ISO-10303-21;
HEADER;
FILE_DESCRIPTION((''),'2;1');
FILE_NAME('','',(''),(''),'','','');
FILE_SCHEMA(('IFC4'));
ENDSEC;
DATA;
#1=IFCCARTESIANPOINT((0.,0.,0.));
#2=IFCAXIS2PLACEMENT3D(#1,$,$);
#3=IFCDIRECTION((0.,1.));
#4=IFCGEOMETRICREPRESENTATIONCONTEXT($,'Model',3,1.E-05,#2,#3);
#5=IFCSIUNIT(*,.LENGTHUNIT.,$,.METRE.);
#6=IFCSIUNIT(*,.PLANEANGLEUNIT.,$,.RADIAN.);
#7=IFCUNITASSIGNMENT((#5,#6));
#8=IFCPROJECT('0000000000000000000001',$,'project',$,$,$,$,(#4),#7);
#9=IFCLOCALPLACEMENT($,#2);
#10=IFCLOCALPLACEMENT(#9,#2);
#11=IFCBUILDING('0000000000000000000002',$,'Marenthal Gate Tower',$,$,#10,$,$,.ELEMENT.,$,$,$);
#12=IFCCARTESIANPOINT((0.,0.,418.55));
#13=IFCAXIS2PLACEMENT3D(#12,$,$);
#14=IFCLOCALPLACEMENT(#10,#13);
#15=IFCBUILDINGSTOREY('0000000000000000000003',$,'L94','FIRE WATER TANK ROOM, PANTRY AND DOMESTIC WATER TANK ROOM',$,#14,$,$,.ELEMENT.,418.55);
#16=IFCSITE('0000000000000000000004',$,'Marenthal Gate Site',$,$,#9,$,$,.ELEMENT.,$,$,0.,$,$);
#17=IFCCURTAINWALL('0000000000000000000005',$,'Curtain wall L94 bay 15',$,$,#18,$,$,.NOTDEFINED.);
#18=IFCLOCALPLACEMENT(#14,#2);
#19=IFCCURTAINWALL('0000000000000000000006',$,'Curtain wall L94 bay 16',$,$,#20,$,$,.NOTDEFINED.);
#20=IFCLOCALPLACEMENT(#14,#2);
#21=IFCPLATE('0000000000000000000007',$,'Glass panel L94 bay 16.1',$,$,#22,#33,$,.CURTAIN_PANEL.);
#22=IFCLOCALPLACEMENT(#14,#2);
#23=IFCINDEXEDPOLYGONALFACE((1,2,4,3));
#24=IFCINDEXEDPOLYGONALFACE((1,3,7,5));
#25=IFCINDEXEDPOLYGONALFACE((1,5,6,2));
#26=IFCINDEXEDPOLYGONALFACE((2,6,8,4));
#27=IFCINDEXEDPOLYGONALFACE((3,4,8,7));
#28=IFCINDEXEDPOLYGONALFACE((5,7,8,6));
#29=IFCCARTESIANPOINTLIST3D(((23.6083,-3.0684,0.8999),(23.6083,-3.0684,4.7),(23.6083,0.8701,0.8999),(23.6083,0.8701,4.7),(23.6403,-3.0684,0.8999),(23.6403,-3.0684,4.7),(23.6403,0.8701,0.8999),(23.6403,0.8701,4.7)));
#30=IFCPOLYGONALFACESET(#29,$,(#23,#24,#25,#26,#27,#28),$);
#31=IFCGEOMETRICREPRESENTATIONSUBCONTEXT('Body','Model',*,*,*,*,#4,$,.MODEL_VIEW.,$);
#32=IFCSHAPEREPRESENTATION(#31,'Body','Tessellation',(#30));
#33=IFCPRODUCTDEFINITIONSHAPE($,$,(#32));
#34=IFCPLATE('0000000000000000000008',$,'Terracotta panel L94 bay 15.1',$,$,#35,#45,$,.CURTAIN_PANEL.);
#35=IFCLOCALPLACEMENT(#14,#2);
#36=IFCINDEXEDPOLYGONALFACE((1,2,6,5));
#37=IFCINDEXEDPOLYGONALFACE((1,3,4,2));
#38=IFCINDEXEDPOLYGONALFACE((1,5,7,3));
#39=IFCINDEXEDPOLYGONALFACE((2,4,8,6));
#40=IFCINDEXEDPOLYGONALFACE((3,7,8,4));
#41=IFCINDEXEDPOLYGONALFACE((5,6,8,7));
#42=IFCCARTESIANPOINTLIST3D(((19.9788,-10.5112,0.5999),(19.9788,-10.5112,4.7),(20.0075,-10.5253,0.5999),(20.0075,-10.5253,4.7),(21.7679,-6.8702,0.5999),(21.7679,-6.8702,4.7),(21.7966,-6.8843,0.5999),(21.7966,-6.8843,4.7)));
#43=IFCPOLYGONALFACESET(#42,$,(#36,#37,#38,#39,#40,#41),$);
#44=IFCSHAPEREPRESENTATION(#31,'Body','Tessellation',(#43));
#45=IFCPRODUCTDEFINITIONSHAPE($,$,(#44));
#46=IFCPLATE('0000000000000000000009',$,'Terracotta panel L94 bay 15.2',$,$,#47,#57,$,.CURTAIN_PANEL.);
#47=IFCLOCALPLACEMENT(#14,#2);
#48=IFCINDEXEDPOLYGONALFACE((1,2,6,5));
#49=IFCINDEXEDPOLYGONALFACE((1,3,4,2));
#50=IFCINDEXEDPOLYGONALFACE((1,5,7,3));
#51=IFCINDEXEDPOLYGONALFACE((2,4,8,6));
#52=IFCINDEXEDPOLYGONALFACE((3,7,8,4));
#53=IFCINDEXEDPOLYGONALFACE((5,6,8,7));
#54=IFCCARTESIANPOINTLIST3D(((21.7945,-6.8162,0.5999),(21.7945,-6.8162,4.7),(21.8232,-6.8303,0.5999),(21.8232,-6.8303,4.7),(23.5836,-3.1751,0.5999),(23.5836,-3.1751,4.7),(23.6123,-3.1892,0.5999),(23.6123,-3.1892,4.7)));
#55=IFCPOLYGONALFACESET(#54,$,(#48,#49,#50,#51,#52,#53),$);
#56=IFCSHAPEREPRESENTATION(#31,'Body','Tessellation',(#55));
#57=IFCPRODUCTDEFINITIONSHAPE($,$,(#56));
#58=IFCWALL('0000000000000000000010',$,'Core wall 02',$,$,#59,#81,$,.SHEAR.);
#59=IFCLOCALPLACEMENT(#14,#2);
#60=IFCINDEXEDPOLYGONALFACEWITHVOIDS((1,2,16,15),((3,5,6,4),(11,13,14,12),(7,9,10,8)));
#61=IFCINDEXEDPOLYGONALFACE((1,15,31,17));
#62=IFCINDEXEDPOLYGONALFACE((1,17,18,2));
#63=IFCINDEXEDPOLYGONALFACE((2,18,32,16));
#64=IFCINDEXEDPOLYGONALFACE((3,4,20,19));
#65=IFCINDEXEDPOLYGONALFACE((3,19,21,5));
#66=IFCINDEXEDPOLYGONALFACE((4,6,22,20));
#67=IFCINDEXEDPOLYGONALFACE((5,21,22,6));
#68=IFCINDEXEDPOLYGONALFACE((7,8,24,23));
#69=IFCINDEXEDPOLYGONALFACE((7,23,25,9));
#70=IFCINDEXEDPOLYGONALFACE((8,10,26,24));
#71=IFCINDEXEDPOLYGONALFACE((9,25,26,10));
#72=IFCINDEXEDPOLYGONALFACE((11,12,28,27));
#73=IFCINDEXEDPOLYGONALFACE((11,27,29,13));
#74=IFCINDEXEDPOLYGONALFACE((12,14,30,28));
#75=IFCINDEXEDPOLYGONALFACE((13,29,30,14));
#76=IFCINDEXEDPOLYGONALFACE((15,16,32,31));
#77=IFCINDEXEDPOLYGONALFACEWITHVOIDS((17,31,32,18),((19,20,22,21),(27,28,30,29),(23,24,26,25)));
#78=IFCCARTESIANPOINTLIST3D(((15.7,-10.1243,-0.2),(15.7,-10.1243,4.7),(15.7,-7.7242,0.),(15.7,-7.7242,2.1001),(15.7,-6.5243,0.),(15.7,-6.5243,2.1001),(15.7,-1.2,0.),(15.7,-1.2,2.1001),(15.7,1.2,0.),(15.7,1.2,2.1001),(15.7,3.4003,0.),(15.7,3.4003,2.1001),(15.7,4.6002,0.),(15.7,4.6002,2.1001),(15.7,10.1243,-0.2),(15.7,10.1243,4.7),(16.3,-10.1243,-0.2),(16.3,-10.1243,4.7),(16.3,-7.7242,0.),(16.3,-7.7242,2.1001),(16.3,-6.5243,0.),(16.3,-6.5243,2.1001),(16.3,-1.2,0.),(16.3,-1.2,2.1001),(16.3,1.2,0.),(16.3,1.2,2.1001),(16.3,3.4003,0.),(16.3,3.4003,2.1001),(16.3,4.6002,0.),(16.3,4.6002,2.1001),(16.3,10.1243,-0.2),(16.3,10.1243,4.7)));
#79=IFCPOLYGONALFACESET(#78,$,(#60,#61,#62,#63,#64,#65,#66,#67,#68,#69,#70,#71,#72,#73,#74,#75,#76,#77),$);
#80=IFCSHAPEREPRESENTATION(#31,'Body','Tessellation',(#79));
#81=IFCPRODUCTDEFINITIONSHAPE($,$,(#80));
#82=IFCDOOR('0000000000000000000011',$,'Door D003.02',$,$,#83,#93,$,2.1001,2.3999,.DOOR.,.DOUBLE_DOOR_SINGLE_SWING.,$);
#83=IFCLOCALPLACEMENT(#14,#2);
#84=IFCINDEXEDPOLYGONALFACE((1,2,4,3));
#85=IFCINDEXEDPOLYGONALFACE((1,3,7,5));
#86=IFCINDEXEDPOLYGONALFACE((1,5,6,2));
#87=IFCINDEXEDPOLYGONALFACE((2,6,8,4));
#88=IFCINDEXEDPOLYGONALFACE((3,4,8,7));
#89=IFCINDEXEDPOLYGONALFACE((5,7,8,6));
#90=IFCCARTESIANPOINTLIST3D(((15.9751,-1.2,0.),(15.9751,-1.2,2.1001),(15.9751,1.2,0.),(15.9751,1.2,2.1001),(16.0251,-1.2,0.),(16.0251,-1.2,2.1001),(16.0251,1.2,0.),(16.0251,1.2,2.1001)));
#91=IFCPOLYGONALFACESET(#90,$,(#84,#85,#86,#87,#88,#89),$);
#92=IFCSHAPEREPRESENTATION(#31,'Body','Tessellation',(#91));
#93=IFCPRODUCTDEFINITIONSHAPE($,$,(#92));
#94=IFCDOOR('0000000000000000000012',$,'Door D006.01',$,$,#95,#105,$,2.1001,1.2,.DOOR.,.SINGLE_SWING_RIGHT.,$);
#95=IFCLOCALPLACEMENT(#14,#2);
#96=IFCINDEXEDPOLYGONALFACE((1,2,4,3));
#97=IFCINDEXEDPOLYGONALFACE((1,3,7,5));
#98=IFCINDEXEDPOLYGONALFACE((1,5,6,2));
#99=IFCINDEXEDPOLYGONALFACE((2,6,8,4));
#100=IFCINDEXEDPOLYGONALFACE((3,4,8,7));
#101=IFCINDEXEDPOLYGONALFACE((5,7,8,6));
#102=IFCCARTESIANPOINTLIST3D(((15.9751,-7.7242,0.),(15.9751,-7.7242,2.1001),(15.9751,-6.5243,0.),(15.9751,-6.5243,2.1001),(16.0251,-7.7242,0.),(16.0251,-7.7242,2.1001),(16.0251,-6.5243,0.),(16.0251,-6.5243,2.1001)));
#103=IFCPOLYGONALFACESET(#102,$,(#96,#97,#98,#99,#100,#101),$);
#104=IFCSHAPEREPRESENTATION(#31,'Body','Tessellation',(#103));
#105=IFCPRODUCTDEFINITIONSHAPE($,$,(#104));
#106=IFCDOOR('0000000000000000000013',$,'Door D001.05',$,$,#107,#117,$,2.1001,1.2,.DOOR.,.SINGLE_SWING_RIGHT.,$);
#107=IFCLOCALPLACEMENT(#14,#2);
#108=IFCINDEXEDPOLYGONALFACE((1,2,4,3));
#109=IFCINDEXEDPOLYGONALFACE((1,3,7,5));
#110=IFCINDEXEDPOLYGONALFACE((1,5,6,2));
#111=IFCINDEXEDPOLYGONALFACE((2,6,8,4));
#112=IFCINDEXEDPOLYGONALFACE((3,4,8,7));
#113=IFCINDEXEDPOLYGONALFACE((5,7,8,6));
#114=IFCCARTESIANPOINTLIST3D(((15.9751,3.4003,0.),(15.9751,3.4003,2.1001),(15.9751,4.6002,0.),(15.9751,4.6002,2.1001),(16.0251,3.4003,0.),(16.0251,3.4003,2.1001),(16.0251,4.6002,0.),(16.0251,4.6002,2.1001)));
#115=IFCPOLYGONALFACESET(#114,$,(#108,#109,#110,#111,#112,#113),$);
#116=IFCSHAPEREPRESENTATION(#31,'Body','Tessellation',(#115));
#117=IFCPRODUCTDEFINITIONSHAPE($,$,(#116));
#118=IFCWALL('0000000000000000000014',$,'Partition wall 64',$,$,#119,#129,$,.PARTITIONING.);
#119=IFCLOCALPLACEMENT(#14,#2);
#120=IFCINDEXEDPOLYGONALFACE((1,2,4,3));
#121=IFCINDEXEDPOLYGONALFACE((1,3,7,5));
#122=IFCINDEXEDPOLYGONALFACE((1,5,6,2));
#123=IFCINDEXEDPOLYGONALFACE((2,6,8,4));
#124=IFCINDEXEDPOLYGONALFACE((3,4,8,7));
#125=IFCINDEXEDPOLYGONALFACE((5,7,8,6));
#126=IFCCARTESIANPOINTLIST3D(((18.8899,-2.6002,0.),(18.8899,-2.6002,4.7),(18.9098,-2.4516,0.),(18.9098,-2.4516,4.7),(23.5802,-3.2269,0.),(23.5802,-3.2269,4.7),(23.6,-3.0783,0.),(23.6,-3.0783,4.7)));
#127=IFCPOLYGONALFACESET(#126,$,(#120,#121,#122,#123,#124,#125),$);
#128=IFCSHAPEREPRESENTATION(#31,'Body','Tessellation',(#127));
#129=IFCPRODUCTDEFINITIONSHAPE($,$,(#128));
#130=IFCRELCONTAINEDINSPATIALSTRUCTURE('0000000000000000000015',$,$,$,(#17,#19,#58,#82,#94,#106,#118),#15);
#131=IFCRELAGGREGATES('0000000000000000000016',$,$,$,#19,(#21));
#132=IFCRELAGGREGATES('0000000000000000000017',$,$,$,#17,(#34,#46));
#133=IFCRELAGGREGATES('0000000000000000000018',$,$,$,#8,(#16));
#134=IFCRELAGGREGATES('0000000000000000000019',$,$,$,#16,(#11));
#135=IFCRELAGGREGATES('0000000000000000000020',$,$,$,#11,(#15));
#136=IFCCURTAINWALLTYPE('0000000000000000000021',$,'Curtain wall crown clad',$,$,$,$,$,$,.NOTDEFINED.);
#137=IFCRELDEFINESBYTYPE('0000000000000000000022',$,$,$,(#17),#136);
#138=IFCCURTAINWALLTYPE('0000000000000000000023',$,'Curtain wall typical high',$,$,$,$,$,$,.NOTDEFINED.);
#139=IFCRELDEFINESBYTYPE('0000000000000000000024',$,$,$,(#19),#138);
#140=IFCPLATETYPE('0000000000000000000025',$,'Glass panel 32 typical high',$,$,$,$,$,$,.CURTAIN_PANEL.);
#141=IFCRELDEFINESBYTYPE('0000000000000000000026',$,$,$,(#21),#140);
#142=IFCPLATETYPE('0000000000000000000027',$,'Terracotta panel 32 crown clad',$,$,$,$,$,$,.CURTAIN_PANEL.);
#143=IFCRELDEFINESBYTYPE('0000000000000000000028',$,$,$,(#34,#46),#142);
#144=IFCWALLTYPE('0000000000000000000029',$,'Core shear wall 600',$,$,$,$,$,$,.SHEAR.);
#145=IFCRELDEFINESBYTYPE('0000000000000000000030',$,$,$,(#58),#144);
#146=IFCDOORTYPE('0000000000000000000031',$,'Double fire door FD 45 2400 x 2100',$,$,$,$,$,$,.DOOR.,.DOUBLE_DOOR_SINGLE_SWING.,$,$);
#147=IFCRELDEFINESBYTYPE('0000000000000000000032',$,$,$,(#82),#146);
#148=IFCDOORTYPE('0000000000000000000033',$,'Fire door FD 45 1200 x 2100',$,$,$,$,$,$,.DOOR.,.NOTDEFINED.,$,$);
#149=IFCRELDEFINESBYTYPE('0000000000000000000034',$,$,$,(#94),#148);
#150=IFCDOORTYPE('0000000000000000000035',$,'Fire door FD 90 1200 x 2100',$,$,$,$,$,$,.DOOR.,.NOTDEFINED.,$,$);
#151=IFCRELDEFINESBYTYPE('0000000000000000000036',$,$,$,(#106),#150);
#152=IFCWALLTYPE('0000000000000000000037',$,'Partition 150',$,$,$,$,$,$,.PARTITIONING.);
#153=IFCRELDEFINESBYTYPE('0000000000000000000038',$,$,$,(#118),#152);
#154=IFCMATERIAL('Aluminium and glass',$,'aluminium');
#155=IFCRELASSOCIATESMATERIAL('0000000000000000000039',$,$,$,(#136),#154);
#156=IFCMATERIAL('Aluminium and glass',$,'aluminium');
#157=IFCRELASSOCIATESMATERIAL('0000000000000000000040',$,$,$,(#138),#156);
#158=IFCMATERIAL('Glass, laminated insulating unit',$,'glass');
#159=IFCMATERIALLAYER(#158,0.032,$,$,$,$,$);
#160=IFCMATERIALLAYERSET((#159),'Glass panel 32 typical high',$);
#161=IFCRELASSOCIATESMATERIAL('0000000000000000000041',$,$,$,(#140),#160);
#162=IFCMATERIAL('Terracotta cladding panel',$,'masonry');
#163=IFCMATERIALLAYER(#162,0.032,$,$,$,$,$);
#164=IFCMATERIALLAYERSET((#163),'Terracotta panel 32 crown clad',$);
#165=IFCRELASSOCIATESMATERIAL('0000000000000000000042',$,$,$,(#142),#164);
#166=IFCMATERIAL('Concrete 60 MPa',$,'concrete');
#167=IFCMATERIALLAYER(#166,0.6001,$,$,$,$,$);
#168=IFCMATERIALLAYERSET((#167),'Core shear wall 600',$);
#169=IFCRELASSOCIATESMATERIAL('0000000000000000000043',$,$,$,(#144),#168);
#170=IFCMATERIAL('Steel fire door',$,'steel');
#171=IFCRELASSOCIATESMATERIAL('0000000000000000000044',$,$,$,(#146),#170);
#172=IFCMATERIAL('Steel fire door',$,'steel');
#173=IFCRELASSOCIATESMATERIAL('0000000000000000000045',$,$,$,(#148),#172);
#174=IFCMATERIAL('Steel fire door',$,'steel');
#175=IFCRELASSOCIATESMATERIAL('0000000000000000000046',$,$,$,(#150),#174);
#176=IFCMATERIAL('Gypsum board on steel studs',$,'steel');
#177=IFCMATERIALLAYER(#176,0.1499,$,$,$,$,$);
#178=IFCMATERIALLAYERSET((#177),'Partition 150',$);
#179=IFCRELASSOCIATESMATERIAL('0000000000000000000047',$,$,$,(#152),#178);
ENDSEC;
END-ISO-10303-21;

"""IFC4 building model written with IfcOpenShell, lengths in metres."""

from ifc_helpers import new_model, si_unit, direction, frame, frame_2d, origin, origin_2d, place, context, subcontext, project, spatial, rectangle, extrude, material, layer, layer_set, type_object, element, fill, aggregate, save


model = new_model("IFC4")

# Units and contexts
model_context = context("Model", 3, precision=1e-05, world=origin(), true_north=direction((0.0, 1.0)))
body_context = subcontext(model_context, "Body", "Model", "MODEL_VIEW")
ifc_project = project(units=[si_unit("LENGTHUNIT", "METRE"), si_unit("PLANEANGLEUNIT", "RADIAN")], contexts=[model_context])

# Site, building, storey
site_placement = place(None, origin())
site = spatial("IfcSite", under=ifc_project, at=site_placement, Name="Marenthal Gate Site", CompositionType="ELEMENT", RefElevation=0.0)
building_placement = place(site_placement, origin())
building = spatial("IfcBuilding", under=site, at=building_placement, Name="Marenthal Gate Tower", CompositionType="ELEMENT")
storey_placement = place(building_placement, frame((0.0, 0.0, 418.55)))
storey = spatial("IfcBuildingStorey", under=building, at=storey_placement, Name="L94", Description="FIRE WATER TANK ROOM, PANTRY AND DOMESTIC WATER TANK ROOM", CompositionType="ELEMENT", Elevation=418.55)

# Curtain walls
ifc_material_1 = material(Name="Aluminium and glass", Category="aluminium")
curtain_wall_type_1 = type_object("IfcCurtainWallType", Name="Curtain wall crown clad", PredefinedType="NOTDEFINED", material=ifc_material_1)
curtain_wall_1_placement = place(storey_placement, origin())
curtain_wall_1 = element("IfcCurtainWall", 1, at=curtain_wall_1_placement, inside=storey, type_object=curtain_wall_type_1, Name="Curtain wall L94 bay 15", PredefinedType="NOTDEFINED")
ifc_material_2 = material(Name="Aluminium and glass", Category="aluminium")
curtain_wall_type_2 = type_object("IfcCurtainWallType", Name="Curtain wall typical high", PredefinedType="NOTDEFINED", material=ifc_material_2)
curtain_wall_2_placement = place(storey_placement, origin())
curtain_wall_2 = element("IfcCurtainWall", 2, at=curtain_wall_2_placement, inside=storey, type_object=curtain_wall_type_2, Name="Curtain wall L94 bay 16", PredefinedType="NOTDEFINED")

# Plates
ifc_material_3 = material(Name="Glass, laminated insulating unit", Category="glass")
ifc_layer_1 = layer(ifc_material_3, 0.032)
ifc_layer_set_1 = layer_set([ifc_layer_1], Name="Glass panel 32 typical high")
plate_type_1 = type_object("IfcPlateType", Name="Glass panel 32 typical high", PredefinedType="CURTAIN_PANEL", material=ifc_layer_set_1)
plate_1_placement = place(storey_placement, frame((23.6243, -1.0991, 0.8999), z_axis=(0.0, 0.0, 1.0), x_axis=(0.0, 1.0, 0.0)))
plate_1 = element("IfcPlate", 3, at=plate_1_placement, type_object=plate_type_1, Name="Glass panel L94 bay 16.1", PredefinedType="CURTAIN_PANEL", context=body_context, shape_type="SweptSolid", body=[
    extrude(rectangle(XDim=3.9385, YDim=0.032, at=origin_2d()), origin(), (0.0, 0.0, 1.0), 3.8),
])
aggregate(curtain_wall_2, [plate_1])
ifc_material_4 = material(Name="Terracotta cladding panel", Category="masonry")
ifc_layer_2 = layer(ifc_material_4, 0.032)
ifc_layer_set_2 = layer_set([ifc_layer_2], Name="Terracotta panel 32 crown clad")
plate_type_2 = type_object("IfcPlateType", Name="Terracotta panel 32 crown clad", PredefinedType="CURTAIN_PANEL", material=ifc_layer_set_2)
plate_2_placement = place(storey_placement, frame((20.8877, -8.6978, 0.5999), z_axis=(0.0, 0.0, 1.0), x_axis=(0.441001, 0.897507, 0.0)))
plate_2 = element("IfcPlate", 4, at=plate_2_placement, type_object=plate_type_2, Name="Terracotta panel L94 bay 15.1", PredefinedType="CURTAIN_PANEL", context=body_context, shape_type="SweptSolid", body=[
    extrude(rectangle(XDim=4.0569, YDim=0.032, at=origin_2d()), origin(), (0.0, 0.0, 1.0), 4.1001),
])
plate_3_placement = place(storey_placement, frame((22.7034, -5.0027, 0.5999), z_axis=(0.0, 0.0, 1.0), x_axis=(0.441001, 0.897507, 0.0)))
plate_3 = element("IfcPlate", 5, at=plate_3_placement, type_object=plate_type_2, Name="Terracotta panel L94 bay 15.2", PredefinedType="CURTAIN_PANEL", context=body_context, shape_type="SweptSolid", body=[
    extrude(rectangle(XDim=4.0569, YDim=0.032, at=origin_2d()), origin(), (0.0, 0.0, 1.0), 4.1001),
])
aggregate(curtain_wall_1, [plate_2, plate_3])

# Wall, openings, doors
ifc_material_5 = material(Name="Concrete 60 MPa", Category="concrete")
ifc_layer_3 = layer(ifc_material_5, 0.6001)
ifc_layer_set_3 = layer_set([ifc_layer_3], Name="Core shear wall 600")
wall_type_1 = type_object("IfcWallType", Name="Core shear wall 600", PredefinedType="SHEAR", material=ifc_layer_set_3)
wall_1_placement = place(storey_placement, frame((16.0, -10.1243, -0.2), z_axis=(0.0, 0.0, 1.0), x_axis=(0.0, 1.0, 0.0)))
wall_1 = element("IfcWall", 6, at=wall_1_placement, inside=storey, type_object=wall_type_1, Name="Core wall 02", PredefinedType="SHEAR", context=body_context, shape_type="SweptSolid", body=[
    extrude(rectangle(XDim=20.2485, YDim=0.6001, at=frame_2d((10.1243, 0.0))), origin(), (0.0, 0.0, 1.0), 4.8999),
])
opening_1_placement = place(wall_1_placement, frame((8.9243, 0.0, 0.2)))
opening_1 = element("IfcOpeningElement", 7, at=opening_1_placement, cuts=wall_1, PredefinedType="OPENING", context=body_context, shape_type="SweptSolid", body=[
    extrude(rectangle(XDim=2.3999, YDim=2.1001, at=frame_2d((1.2, 1.05))), frame((0.0, 0.3101, 0.0), z_axis=(0.0, -1.0, 0.0), x_axis=(1.0, 0.0, 0.0)), (0.0, 0.0, 1.0), 0.6201),
])
opening_2_placement = place(wall_1_placement, frame((13.5244, 0.0, 0.2)))
opening_2 = element("IfcOpeningElement", 8, at=opening_2_placement, cuts=wall_1, PredefinedType="OPENING", context=body_context, shape_type="SweptSolid", body=[
    extrude(rectangle(XDim=1.2, YDim=2.1001, at=frame_2d((0.6001, 1.05))), frame((0.0, 0.3101, 0.0), z_axis=(0.0, -1.0, 0.0), x_axis=(1.0, 0.0, 0.0)), (0.0, 0.0, 1.0), 0.6201),
])
opening_3_placement = place(wall_1_placement, frame((2.3999, 0.0, 0.2)))
opening_3 = element("IfcOpeningElement", 9, at=opening_3_placement, cuts=wall_1, PredefinedType="OPENING", context=body_context, shape_type="SweptSolid", body=[
    extrude(rectangle(XDim=1.2, YDim=2.1001, at=frame_2d((0.6001, 1.05))), frame((0.0, 0.3101, 0.0), z_axis=(0.0, -1.0, 0.0), x_axis=(1.0, 0.0, 0.0)), (0.0, 0.0, 1.0), 0.6201),
])
ifc_material_6 = material(Name="Steel fire door", Category="steel")
door_type_1 = type_object("IfcDoorType", Name="Double fire door FD 45 2400 x 2100", OperationType="DOUBLE_DOOR_SINGLE_SWING", PredefinedType="DOOR", material=ifc_material_6)
door_1_placement = place(opening_1_placement, origin())
door_1 = element("IfcDoor", 10, at=door_1_placement, inside=storey, type_object=door_type_1, Name="Door D003.02", OperationType="DOUBLE_DOOR_SINGLE_SWING", OverallHeight=2.1001, OverallWidth=2.3999, PredefinedType="DOOR", context=body_context, shape_type="SweptSolid", body=[
    extrude(rectangle(XDim=2.3999, YDim=2.1001, at=frame_2d((1.2, 1.05))), frame((0.0, 0.0249, 0.0), z_axis=(0.0, -1.0, 0.0), x_axis=(1.0, 0.0, 0.0)), (0.0, 0.0, 1.0), 0.05),
])
fill(opening_1, door_1)
ifc_material_7 = material(Name="Steel fire door", Category="steel")
door_type_2 = type_object("IfcDoorType", Name="Fire door FD 45 1200 x 2100", OperationType="NOTDEFINED", PredefinedType="DOOR", material=ifc_material_7)
door_2_placement = place(opening_3_placement, origin())
door_2 = element("IfcDoor", 11, at=door_2_placement, inside=storey, type_object=door_type_2, Name="Door D006.01", OperationType="SINGLE_SWING_RIGHT", OverallHeight=2.1001, OverallWidth=1.2, PredefinedType="DOOR", context=body_context, shape_type="SweptSolid", body=[
    extrude(rectangle(XDim=1.2, YDim=2.1001, at=frame_2d((0.6001, 1.05))), frame((0.0, 0.0249, 0.0), z_axis=(0.0, -1.0, 0.0), x_axis=(1.0, 0.0, 0.0)), (0.0, 0.0, 1.0), 0.05),
])
fill(opening_3, door_2)
ifc_material_8 = material(Name="Steel fire door", Category="steel")
door_type_3 = type_object("IfcDoorType", Name="Fire door FD 90 1200 x 2100", OperationType="NOTDEFINED", PredefinedType="DOOR", material=ifc_material_8)
door_3_placement = place(opening_2_placement, origin())
door_3 = element("IfcDoor", 12, at=door_3_placement, inside=storey, type_object=door_type_3, Name="Door D001.05", OperationType="SINGLE_SWING_RIGHT", OverallHeight=2.1001, OverallWidth=1.2, PredefinedType="DOOR", context=body_context, shape_type="SweptSolid", body=[
    extrude(rectangle(XDim=1.2, YDim=2.1001, at=frame_2d((0.6001, 1.05))), frame((0.0, 0.0249, 0.0), z_axis=(0.0, -1.0, 0.0), x_axis=(1.0, 0.0, 0.0)), (0.0, 0.0, 1.0), 0.05),
])
fill(opening_2, door_3)

# Wall
ifc_material_9 = material(Name="Gypsum board on steel studs", Category="steel")
ifc_layer_4 = layer(ifc_material_9, 0.1499)
ifc_layer_set_4 = layer_set([ifc_layer_4], Name="Partition 150")
wall_type_2 = type_object("IfcWallType", Name="Partition 150", PredefinedType="PARTITIONING", material=ifc_layer_set_4)
wall_2_placement = place(storey_placement, frame((23.5901, -3.1526, 0.0), z_axis=(0.0, 0.0, 1.0), x_axis=(-0.99119, 0.132444, 0.0)))
element("IfcWall", 13, at=wall_2_placement, inside=storey, type_object=wall_type_2, Name="Partition wall 64", PredefinedType="PARTITIONING", context=body_context, shape_type="SweptSolid", body=[
    extrude(rectangle(XDim=4.7319, YDim=0.1499, at=frame_2d((2.366, 0.0))), origin(), (0.0, 0.0, 1.0), 4.7),
])

save(model, "model.ifc")
